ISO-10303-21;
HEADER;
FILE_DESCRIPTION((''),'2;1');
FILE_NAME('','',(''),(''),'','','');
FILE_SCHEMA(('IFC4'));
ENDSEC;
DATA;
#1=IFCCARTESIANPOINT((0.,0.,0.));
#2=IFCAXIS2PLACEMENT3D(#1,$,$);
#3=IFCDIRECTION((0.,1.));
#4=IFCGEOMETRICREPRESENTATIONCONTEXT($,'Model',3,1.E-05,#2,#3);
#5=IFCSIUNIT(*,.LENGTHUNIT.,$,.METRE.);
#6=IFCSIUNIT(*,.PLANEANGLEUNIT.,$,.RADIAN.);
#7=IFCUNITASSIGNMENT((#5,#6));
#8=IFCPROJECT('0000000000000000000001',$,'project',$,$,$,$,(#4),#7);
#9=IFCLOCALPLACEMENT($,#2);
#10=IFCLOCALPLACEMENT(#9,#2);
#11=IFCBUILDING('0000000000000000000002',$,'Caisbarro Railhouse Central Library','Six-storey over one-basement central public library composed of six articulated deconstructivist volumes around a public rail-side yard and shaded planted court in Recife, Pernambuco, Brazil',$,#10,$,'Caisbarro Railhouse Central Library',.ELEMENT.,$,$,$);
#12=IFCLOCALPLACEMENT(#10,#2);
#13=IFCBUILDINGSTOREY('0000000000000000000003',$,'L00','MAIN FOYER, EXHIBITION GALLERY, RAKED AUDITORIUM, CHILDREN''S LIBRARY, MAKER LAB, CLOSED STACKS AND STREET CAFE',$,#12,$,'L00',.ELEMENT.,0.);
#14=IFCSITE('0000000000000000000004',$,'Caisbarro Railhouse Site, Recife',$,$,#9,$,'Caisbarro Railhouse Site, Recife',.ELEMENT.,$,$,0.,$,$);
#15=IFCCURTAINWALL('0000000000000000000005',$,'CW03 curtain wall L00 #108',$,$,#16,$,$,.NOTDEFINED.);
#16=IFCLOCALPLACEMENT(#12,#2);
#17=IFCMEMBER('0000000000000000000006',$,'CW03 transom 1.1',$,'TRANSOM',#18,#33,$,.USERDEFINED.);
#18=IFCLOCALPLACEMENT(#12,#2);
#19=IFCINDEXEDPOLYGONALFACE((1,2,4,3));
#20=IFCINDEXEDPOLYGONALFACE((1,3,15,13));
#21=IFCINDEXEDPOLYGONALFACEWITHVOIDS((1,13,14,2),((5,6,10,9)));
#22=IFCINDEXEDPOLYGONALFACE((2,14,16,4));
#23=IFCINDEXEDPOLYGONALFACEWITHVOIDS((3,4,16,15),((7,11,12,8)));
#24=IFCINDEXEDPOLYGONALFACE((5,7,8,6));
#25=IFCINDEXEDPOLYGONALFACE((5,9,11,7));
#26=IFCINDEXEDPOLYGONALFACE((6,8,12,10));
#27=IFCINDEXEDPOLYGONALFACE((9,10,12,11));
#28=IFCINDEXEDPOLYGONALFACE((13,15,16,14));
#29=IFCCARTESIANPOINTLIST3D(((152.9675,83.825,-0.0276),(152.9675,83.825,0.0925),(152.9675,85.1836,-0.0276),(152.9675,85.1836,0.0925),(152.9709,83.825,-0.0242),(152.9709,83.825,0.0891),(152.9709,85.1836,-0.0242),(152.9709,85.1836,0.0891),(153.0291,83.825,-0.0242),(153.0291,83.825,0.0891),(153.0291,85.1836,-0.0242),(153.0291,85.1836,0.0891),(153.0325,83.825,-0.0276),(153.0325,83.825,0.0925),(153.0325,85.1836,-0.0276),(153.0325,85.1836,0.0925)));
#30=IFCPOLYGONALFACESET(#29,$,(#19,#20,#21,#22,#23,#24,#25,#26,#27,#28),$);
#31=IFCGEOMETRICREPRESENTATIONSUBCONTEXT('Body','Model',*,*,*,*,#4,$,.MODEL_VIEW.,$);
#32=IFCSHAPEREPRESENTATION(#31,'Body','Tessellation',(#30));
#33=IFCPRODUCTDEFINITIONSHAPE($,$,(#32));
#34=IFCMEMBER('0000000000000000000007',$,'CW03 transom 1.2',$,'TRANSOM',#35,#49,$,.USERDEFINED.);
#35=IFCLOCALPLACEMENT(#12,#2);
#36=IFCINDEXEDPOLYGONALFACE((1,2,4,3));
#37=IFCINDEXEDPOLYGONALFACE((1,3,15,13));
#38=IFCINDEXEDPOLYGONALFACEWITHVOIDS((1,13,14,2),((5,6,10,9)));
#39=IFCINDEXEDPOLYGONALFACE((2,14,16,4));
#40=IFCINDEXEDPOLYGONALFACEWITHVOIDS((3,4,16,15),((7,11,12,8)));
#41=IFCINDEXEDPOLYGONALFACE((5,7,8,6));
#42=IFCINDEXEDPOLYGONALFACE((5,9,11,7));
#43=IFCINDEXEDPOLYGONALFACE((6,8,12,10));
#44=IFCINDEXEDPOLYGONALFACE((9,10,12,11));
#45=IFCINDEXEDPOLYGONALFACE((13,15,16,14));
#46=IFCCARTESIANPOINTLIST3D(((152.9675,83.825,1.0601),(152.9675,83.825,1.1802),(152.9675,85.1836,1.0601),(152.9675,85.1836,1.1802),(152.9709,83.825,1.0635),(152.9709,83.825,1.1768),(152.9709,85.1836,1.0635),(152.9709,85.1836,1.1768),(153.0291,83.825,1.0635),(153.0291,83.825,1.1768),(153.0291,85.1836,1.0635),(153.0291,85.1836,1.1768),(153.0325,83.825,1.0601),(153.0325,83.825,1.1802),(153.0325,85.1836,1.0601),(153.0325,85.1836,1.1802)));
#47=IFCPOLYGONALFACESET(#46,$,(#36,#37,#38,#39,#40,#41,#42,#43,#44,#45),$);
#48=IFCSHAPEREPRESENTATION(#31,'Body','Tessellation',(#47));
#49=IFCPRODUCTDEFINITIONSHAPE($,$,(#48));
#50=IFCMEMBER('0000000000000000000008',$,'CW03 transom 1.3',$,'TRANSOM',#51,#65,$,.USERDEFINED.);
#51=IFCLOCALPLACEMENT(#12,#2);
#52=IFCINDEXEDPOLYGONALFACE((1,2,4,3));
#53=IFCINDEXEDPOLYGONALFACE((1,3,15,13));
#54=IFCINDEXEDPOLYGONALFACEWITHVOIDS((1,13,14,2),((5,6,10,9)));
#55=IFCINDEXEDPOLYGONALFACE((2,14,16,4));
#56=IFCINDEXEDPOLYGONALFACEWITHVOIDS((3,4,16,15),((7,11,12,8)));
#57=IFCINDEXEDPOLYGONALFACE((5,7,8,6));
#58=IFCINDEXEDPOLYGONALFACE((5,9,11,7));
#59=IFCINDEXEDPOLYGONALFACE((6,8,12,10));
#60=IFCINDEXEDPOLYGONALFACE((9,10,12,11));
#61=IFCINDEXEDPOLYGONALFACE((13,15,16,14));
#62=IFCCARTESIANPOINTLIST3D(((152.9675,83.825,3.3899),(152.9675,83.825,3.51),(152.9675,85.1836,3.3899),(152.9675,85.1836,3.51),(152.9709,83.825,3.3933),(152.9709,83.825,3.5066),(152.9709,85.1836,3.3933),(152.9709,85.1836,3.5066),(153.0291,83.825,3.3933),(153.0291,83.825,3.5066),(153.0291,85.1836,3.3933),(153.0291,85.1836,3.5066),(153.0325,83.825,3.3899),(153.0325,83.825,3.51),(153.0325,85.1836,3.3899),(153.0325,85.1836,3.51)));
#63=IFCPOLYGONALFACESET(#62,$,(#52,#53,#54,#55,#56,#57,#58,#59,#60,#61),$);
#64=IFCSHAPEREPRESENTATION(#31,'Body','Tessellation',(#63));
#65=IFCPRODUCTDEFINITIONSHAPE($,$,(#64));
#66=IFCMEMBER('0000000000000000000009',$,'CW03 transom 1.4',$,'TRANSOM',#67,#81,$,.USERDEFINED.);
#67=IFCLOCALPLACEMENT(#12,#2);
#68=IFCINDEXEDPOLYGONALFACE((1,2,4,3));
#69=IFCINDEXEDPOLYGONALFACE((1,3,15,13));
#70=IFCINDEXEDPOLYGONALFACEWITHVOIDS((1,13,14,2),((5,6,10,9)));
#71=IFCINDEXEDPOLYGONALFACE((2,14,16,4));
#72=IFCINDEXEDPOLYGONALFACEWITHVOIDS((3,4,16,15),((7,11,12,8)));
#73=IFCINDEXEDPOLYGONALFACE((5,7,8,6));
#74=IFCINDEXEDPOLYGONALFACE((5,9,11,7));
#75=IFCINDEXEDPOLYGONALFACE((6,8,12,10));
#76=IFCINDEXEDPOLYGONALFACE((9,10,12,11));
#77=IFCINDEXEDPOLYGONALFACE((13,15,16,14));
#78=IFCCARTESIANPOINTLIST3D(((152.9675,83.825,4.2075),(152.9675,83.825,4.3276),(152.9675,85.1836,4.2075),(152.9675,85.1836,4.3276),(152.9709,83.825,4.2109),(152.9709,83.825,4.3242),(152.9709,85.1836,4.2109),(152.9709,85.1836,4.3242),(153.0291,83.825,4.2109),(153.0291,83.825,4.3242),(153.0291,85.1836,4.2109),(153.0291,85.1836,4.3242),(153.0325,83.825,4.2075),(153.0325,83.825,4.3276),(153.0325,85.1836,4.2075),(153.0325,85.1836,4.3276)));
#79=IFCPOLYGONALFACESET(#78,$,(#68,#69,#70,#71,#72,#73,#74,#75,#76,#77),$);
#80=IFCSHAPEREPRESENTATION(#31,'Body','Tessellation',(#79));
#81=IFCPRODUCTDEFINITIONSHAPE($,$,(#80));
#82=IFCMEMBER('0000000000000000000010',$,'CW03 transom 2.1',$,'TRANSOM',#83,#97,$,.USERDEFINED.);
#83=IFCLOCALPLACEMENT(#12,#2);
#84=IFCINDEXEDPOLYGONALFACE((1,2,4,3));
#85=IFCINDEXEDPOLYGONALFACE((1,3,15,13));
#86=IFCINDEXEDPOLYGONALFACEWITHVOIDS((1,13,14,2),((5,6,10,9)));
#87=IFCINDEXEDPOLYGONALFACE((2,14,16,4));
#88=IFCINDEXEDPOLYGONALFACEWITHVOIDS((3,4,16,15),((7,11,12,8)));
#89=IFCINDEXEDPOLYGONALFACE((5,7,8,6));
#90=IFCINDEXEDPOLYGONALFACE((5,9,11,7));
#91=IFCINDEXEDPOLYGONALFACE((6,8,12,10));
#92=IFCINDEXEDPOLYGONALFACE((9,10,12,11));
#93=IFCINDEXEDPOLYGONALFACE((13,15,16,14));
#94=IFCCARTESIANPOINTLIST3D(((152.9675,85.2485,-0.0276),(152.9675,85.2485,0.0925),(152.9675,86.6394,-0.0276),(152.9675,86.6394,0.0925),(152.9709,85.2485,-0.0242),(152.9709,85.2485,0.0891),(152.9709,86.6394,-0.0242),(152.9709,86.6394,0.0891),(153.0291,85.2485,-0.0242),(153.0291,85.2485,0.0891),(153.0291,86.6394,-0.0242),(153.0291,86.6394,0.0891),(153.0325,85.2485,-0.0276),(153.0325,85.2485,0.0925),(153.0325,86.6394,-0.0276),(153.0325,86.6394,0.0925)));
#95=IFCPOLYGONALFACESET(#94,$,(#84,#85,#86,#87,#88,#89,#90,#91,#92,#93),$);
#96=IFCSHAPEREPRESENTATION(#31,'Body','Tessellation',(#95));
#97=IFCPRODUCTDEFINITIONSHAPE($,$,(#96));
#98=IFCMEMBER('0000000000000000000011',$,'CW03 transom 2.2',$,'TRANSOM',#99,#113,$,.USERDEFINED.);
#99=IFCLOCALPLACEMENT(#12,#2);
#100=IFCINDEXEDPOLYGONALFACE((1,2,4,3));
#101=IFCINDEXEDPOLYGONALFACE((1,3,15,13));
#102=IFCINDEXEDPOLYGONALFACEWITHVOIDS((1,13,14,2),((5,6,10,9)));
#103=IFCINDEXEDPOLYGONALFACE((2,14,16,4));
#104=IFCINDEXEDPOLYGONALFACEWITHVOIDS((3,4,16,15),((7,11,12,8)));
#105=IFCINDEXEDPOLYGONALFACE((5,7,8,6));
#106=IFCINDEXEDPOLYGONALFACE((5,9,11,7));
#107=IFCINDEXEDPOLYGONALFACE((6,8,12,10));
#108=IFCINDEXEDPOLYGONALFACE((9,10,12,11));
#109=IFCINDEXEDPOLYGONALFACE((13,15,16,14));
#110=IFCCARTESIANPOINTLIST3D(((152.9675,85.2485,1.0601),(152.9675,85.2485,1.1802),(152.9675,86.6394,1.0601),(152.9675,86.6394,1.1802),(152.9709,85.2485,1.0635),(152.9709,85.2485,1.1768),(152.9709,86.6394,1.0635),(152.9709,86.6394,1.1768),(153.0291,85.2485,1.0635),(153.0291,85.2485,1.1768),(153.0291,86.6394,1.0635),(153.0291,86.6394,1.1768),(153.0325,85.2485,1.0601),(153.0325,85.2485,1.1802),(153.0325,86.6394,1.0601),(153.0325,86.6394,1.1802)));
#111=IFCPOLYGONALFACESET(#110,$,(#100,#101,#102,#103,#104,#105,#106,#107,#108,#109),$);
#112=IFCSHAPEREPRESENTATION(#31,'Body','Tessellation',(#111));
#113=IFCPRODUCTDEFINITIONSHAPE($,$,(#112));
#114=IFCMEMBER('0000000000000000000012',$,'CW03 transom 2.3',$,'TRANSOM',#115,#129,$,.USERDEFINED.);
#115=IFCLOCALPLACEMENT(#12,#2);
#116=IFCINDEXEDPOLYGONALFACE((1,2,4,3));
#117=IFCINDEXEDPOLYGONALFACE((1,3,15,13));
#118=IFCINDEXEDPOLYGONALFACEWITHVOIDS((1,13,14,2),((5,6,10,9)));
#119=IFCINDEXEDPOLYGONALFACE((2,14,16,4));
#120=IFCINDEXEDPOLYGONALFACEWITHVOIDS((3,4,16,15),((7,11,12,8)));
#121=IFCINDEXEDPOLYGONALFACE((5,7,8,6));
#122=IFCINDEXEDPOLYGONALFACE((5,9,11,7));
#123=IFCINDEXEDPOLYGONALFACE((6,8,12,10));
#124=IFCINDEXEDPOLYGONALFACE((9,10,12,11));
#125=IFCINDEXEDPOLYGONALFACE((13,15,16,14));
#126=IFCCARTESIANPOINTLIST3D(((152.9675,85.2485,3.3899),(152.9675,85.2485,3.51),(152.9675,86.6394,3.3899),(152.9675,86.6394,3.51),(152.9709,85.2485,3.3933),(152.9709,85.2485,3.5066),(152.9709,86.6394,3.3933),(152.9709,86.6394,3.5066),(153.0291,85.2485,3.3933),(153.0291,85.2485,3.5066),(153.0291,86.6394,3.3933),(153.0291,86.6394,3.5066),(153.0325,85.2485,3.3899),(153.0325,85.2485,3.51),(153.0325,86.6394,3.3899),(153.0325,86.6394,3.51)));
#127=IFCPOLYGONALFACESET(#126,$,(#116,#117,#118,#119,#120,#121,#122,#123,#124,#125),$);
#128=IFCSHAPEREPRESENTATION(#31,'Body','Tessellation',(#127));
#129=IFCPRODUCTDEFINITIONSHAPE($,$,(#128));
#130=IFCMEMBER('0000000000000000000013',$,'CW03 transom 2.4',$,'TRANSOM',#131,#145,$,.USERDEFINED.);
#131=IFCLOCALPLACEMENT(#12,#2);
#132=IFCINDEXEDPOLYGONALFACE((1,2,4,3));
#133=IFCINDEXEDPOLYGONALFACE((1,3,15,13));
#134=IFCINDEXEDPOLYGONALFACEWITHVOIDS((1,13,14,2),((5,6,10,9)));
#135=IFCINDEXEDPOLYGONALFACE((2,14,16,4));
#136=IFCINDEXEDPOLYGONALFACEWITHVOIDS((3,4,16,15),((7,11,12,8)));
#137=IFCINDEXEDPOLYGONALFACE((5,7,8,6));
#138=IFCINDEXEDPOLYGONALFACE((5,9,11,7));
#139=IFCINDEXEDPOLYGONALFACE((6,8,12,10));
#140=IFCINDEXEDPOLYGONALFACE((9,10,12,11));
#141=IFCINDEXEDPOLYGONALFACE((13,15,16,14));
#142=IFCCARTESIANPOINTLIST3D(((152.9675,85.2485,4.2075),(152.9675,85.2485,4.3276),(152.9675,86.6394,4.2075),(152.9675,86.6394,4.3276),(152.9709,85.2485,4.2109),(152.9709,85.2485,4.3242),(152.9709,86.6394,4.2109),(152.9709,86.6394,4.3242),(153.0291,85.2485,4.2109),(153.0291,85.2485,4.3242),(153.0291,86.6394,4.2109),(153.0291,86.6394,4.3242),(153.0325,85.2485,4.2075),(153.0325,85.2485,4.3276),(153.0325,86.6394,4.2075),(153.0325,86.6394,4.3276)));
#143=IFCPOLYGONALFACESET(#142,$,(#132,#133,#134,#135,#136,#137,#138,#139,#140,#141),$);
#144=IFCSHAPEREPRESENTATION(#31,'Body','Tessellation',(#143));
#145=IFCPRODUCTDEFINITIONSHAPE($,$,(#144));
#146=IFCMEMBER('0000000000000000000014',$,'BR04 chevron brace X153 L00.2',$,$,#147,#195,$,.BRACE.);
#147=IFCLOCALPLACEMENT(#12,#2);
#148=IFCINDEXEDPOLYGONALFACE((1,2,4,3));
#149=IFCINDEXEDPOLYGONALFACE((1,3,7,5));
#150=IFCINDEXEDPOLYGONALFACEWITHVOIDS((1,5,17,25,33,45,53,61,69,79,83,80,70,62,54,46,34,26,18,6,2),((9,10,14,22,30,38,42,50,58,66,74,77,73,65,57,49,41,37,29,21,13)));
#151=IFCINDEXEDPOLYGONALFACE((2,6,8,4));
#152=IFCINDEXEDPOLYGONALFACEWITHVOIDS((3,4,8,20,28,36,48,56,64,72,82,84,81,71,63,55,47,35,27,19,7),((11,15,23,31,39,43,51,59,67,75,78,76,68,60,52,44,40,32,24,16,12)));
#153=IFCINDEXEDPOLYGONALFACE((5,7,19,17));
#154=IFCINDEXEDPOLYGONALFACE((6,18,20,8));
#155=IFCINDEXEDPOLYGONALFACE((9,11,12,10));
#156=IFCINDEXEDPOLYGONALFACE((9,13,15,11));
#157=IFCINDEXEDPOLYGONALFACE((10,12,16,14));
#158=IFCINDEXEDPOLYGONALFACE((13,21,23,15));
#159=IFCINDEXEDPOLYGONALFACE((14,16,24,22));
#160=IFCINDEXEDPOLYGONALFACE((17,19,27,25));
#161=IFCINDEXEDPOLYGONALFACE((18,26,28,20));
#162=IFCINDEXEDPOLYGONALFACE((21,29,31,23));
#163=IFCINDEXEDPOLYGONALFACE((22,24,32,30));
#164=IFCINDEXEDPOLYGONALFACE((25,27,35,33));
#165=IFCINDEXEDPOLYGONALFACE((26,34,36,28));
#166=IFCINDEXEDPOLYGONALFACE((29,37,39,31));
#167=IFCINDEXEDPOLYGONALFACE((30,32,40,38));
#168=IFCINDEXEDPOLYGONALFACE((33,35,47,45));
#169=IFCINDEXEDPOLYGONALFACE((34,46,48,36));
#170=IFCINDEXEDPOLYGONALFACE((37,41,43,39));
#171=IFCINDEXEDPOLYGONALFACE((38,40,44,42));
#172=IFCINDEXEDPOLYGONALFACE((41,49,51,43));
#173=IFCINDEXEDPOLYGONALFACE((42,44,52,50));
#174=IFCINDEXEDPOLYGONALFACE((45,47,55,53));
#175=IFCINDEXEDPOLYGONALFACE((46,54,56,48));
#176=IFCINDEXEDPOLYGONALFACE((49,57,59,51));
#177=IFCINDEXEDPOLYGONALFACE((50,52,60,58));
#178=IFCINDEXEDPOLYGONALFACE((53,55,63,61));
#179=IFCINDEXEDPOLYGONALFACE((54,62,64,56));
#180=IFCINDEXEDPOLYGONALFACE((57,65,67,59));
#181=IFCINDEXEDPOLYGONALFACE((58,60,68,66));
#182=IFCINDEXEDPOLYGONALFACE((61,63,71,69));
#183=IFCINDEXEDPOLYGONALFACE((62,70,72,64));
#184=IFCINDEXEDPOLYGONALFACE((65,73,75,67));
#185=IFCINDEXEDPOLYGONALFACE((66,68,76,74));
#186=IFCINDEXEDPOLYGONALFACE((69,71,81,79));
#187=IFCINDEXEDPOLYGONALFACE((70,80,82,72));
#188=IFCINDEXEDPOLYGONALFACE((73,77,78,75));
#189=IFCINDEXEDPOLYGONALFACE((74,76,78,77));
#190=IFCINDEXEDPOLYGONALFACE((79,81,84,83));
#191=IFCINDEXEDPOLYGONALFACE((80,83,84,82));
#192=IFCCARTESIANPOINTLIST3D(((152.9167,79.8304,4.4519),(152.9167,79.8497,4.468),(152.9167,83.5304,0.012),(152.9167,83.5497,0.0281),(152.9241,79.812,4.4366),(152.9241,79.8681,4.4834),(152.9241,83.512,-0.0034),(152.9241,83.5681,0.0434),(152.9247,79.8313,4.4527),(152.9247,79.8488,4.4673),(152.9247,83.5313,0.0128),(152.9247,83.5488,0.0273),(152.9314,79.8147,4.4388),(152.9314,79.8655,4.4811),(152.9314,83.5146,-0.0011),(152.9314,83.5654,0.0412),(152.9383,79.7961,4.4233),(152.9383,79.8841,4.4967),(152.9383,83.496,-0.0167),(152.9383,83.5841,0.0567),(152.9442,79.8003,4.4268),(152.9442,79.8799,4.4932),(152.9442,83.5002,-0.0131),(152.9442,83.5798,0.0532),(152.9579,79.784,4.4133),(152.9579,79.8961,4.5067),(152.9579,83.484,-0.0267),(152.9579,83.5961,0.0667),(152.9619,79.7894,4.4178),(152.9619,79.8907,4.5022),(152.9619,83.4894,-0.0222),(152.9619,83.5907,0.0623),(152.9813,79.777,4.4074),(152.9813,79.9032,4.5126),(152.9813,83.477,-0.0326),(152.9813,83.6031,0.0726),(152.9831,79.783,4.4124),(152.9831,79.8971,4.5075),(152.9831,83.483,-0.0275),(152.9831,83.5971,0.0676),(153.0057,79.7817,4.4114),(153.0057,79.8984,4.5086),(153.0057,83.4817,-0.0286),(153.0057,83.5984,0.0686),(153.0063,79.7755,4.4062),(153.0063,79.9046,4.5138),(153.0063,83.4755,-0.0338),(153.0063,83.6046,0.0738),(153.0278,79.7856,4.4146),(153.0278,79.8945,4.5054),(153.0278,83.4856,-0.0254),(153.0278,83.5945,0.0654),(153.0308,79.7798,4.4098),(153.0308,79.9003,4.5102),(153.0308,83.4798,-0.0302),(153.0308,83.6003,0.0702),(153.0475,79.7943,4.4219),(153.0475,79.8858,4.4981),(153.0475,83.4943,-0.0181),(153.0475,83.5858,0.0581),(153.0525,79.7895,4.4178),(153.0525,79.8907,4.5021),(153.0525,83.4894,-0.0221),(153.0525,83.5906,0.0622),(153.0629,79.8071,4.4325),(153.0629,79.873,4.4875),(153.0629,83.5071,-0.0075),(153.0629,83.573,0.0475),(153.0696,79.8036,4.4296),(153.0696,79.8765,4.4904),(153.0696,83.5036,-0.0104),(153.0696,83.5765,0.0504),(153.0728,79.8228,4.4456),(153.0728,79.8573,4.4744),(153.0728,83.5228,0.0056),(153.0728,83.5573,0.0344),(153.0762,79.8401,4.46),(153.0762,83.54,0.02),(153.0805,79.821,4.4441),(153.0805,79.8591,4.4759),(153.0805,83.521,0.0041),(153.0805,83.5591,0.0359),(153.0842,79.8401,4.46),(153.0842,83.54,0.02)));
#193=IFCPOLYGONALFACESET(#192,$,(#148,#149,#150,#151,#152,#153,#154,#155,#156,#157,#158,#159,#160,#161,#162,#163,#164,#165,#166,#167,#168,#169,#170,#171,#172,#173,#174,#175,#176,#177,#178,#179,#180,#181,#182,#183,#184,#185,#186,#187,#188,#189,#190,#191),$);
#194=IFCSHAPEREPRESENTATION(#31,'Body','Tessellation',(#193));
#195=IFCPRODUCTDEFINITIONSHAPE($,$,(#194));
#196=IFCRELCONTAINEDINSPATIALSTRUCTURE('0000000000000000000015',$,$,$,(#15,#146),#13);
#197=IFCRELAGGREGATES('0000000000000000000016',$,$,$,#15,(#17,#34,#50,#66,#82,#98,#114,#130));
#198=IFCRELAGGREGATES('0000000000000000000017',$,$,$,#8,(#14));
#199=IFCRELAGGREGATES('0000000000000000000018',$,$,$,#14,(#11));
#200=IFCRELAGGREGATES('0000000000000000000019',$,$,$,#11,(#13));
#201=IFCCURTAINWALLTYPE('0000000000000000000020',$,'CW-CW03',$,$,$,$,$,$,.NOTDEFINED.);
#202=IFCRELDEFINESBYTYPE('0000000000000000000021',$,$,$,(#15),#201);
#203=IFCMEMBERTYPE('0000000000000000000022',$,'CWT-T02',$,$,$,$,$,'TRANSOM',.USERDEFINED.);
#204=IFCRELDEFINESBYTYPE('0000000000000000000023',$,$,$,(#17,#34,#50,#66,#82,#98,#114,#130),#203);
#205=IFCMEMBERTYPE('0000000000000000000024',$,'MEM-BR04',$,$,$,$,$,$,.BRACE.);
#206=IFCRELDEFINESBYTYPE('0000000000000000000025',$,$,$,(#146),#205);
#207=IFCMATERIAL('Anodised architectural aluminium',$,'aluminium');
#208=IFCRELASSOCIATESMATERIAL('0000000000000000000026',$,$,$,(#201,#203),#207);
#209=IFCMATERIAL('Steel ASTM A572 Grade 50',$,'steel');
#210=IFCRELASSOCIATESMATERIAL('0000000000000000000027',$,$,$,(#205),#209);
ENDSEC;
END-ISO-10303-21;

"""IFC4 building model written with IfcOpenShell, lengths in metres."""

from ifc_helpers import new_model, si_unit, direction, frame, origin, origin_2d, place, context, subcontext, project, spatial, hollow_rectangle, hollow_circle, extrude, material, material_profile, profile_set, type_object, element, aggregate, save


model = new_model("IFC4")

# Units and contexts
model_context = context("Model", 3, precision=1e-05, world=origin(), true_north=direction((0.0, 1.0)))
body_context = subcontext(model_context, "Body", "Model", "MODEL_VIEW")
ifc_project = project(units=[si_unit("LENGTHUNIT", "METRE"), si_unit("PLANEANGLEUNIT", "RADIAN")], contexts=[model_context])

# Site, building, storey
site_placement = place(None, origin())
site = spatial("IfcSite", under=ifc_project, at=site_placement, Name="Caisbarro Railhouse Site, Recife", LongName="Caisbarro Railhouse Site, Recife", CompositionType="ELEMENT", RefElevation=0.0)
building_placement = place(site_placement, origin())
building = spatial("IfcBuilding", under=site, at=building_placement, Name="Caisbarro Railhouse Central Library", Description="Six-storey over one-basement central public library composed of six articulated deconstructivist volumes around a public rail-side yard and shaded planted court in Recife, Pernambuco, Brazil", LongName="Caisbarro Railhouse Central Library", CompositionType="ELEMENT")
storey_placement = place(building_placement, origin())
storey = spatial("IfcBuildingStorey", under=building, at=storey_placement, Name="L00", Description="MAIN FOYER, EXHIBITION GALLERY, RAKED AUDITORIUM, CHILDREN'S LIBRARY, MAKER LAB, CLOSED STACKS AND STREET CAFE", LongName="L00", CompositionType="ELEMENT", Elevation=0.0)

# Shared definitions
ifc_material_1 = material(Name="Steel ASTM A572 Grade 50", Category="steel")

# Curtain wall, members
ifc_material_2 = material(Name="Anodised architectural aluminium", Category="aluminium")
curtain_wall_type = type_object("IfcCurtainWallType", Name="CW-CW03", PredefinedType="NOTDEFINED", material=ifc_material_2)
curtain_wall_placement = place(storey_placement, origin())
curtain_wall = element("IfcCurtainWall", 1, at=curtain_wall_placement, inside=storey, type_object=curtain_wall_type, Name="CW03 curtain wall L00 #108", PredefinedType="NOTDEFINED")
ifc_material_profile_1 = material_profile(ifc_material_2, hollow_rectangle(XDim=0.0649, YDim=0.1201, WallThickness=0.0034, at=origin_2d()), Name="ALU-TRN-65X120")
ifc_profile_set_1 = profile_set([ifc_material_profile_1], Name="Anodised architectural aluminium")
member_type_1 = type_object("IfcMemberType", Name="CWT-T02", ElementType="TRANSOM", PredefinedType="USERDEFINED", material=ifc_profile_set_1)
member_1_placement = place(storey_placement, frame((153.0, 83.825, 0.0325), z_axis=(0.0, 1.0, 0.0), x_axis=(-1.0, 0.0, 0.0)))
member_1 = element("IfcMember", 2, at=member_1_placement, type_object=member_type_1, Name="CW03 transom 1.1", ObjectType="TRANSOM", PredefinedType="USERDEFINED", context=body_context, shape_type="SweptSolid", body=[
    extrude(hollow_rectangle(XDim=0.0649, YDim=0.1201, WallThickness=0.0034, at=origin_2d()), origin(), (0.0, 0.0, 1.0), 1.3586),
])
member_2_placement = place(storey_placement, frame((153.0, 83.825, 1.1201), z_axis=(0.0, 1.0, 0.0), x_axis=(-1.0, 0.0, 0.0)))
member_2 = element("IfcMember", 3, at=member_2_placement, type_object=member_type_1, Name="CW03 transom 1.2", ObjectType="TRANSOM", PredefinedType="USERDEFINED", context=body_context, shape_type="SweptSolid", body=[
    extrude(hollow_rectangle(XDim=0.0649, YDim=0.1201, WallThickness=0.0034, at=origin_2d()), origin(), (0.0, 0.0, 1.0), 1.3586),
])
member_3_placement = place(storey_placement, frame((153.0, 83.825, 3.45), z_axis=(0.0, 1.0, 0.0), x_axis=(-1.0, 0.0, 0.0)))
member_3 = element("IfcMember", 4, at=member_3_placement, type_object=member_type_1, Name="CW03 transom 1.3", ObjectType="TRANSOM", PredefinedType="USERDEFINED", context=body_context, shape_type="SweptSolid", body=[
    extrude(hollow_rectangle(XDim=0.0649, YDim=0.1201, WallThickness=0.0034, at=origin_2d()), origin(), (0.0, 0.0, 1.0), 1.3586),
])
member_4_placement = place(storey_placement, frame((153.0, 83.825, 4.2676), z_axis=(0.0, 1.0, 0.0), x_axis=(-1.0, 0.0, 0.0)))
member_4 = element("IfcMember", 5, at=member_4_placement, type_object=member_type_1, Name="CW03 transom 1.4", ObjectType="TRANSOM", PredefinedType="USERDEFINED", context=body_context, shape_type="SweptSolid", body=[
    extrude(hollow_rectangle(XDim=0.0649, YDim=0.1201, WallThickness=0.0034, at=origin_2d()), origin(), (0.0, 0.0, 1.0), 1.3586),
])
member_5_placement = place(storey_placement, frame((153.0, 85.2485, 0.0325), z_axis=(0.0, 1.0, 0.0), x_axis=(-1.0, 0.0, 0.0)))
member_5 = element("IfcMember", 6, at=member_5_placement, type_object=member_type_1, Name="CW03 transom 2.1", ObjectType="TRANSOM", PredefinedType="USERDEFINED", context=body_context, shape_type="SweptSolid", body=[
    extrude(hollow_rectangle(XDim=0.0649, YDim=0.1201, WallThickness=0.0034, at=origin_2d()), origin(), (0.0, 0.0, 1.0), 1.3909),
])
member_6_placement = place(storey_placement, frame((153.0, 85.2485, 1.1201), z_axis=(0.0, 1.0, 0.0), x_axis=(-1.0, 0.0, 0.0)))
member_6 = element("IfcMember", 7, at=member_6_placement, type_object=member_type_1, Name="CW03 transom 2.2", ObjectType="TRANSOM", PredefinedType="USERDEFINED", context=body_context, shape_type="SweptSolid", body=[
    extrude(hollow_rectangle(XDim=0.0649, YDim=0.1201, WallThickness=0.0034, at=origin_2d()), origin(), (0.0, 0.0, 1.0), 1.3909),
])
member_7_placement = place(storey_placement, frame((153.0, 85.2485, 3.45), z_axis=(0.0, 1.0, 0.0), x_axis=(-1.0, 0.0, 0.0)))
member_7 = element("IfcMember", 8, at=member_7_placement, type_object=member_type_1, Name="CW03 transom 2.3", ObjectType="TRANSOM", PredefinedType="USERDEFINED", context=body_context, shape_type="SweptSolid", body=[
    extrude(hollow_rectangle(XDim=0.0649, YDim=0.1201, WallThickness=0.0034, at=origin_2d()), origin(), (0.0, 0.0, 1.0), 1.3909),
])
member_8_placement = place(storey_placement, frame((153.0, 85.2485, 4.2676), z_axis=(0.0, 1.0, 0.0), x_axis=(-1.0, 0.0, 0.0)))
member_8 = element("IfcMember", 9, at=member_8_placement, type_object=member_type_1, Name="CW03 transom 2.4", ObjectType="TRANSOM", PredefinedType="USERDEFINED", context=body_context, shape_type="SweptSolid", body=[
    extrude(hollow_rectangle(XDim=0.0649, YDim=0.1201, WallThickness=0.0034, at=origin_2d()), origin(), (0.0, 0.0, 1.0), 1.3909),
])

# Member
ifc_material_profile_2 = material_profile(ifc_material_1, hollow_circle(Radius=0.0842, WallThickness=0.0081, at=origin_2d()), Name="CHS168.3X8")
ifc_profile_set_2 = profile_set([ifc_material_profile_2], Name="Steel ASTM A572 Grade 50")
member_type_2 = type_object("IfcMemberType", Name="MEM-BR04", PredefinedType="BRACE", material=ifc_profile_set_2)
member_9_placement = place(storey_placement, frame((153.0, 83.54, 0.02), z_axis=(0.0, -0.640184, 0.768221), x_axis=(1.0, 0.0, 0.0)))
element("IfcMember", 10, at=member_9_placement, inside=storey, type_object=member_type_2, Name="BR04 chevron brace X153 L00.2", PredefinedType="BRACE", context=body_context, shape_type="SweptSolid", body=[
    extrude(hollow_circle(Radius=0.0842, WallThickness=0.0081, at=origin_2d()), origin(), (0.0, 0.0, 1.0), 5.7795),
])

aggregate(curtain_wall, [member_1, member_2, member_3, member_4, member_5, member_6, member_7, member_8])

save(model, "model.ifc")
